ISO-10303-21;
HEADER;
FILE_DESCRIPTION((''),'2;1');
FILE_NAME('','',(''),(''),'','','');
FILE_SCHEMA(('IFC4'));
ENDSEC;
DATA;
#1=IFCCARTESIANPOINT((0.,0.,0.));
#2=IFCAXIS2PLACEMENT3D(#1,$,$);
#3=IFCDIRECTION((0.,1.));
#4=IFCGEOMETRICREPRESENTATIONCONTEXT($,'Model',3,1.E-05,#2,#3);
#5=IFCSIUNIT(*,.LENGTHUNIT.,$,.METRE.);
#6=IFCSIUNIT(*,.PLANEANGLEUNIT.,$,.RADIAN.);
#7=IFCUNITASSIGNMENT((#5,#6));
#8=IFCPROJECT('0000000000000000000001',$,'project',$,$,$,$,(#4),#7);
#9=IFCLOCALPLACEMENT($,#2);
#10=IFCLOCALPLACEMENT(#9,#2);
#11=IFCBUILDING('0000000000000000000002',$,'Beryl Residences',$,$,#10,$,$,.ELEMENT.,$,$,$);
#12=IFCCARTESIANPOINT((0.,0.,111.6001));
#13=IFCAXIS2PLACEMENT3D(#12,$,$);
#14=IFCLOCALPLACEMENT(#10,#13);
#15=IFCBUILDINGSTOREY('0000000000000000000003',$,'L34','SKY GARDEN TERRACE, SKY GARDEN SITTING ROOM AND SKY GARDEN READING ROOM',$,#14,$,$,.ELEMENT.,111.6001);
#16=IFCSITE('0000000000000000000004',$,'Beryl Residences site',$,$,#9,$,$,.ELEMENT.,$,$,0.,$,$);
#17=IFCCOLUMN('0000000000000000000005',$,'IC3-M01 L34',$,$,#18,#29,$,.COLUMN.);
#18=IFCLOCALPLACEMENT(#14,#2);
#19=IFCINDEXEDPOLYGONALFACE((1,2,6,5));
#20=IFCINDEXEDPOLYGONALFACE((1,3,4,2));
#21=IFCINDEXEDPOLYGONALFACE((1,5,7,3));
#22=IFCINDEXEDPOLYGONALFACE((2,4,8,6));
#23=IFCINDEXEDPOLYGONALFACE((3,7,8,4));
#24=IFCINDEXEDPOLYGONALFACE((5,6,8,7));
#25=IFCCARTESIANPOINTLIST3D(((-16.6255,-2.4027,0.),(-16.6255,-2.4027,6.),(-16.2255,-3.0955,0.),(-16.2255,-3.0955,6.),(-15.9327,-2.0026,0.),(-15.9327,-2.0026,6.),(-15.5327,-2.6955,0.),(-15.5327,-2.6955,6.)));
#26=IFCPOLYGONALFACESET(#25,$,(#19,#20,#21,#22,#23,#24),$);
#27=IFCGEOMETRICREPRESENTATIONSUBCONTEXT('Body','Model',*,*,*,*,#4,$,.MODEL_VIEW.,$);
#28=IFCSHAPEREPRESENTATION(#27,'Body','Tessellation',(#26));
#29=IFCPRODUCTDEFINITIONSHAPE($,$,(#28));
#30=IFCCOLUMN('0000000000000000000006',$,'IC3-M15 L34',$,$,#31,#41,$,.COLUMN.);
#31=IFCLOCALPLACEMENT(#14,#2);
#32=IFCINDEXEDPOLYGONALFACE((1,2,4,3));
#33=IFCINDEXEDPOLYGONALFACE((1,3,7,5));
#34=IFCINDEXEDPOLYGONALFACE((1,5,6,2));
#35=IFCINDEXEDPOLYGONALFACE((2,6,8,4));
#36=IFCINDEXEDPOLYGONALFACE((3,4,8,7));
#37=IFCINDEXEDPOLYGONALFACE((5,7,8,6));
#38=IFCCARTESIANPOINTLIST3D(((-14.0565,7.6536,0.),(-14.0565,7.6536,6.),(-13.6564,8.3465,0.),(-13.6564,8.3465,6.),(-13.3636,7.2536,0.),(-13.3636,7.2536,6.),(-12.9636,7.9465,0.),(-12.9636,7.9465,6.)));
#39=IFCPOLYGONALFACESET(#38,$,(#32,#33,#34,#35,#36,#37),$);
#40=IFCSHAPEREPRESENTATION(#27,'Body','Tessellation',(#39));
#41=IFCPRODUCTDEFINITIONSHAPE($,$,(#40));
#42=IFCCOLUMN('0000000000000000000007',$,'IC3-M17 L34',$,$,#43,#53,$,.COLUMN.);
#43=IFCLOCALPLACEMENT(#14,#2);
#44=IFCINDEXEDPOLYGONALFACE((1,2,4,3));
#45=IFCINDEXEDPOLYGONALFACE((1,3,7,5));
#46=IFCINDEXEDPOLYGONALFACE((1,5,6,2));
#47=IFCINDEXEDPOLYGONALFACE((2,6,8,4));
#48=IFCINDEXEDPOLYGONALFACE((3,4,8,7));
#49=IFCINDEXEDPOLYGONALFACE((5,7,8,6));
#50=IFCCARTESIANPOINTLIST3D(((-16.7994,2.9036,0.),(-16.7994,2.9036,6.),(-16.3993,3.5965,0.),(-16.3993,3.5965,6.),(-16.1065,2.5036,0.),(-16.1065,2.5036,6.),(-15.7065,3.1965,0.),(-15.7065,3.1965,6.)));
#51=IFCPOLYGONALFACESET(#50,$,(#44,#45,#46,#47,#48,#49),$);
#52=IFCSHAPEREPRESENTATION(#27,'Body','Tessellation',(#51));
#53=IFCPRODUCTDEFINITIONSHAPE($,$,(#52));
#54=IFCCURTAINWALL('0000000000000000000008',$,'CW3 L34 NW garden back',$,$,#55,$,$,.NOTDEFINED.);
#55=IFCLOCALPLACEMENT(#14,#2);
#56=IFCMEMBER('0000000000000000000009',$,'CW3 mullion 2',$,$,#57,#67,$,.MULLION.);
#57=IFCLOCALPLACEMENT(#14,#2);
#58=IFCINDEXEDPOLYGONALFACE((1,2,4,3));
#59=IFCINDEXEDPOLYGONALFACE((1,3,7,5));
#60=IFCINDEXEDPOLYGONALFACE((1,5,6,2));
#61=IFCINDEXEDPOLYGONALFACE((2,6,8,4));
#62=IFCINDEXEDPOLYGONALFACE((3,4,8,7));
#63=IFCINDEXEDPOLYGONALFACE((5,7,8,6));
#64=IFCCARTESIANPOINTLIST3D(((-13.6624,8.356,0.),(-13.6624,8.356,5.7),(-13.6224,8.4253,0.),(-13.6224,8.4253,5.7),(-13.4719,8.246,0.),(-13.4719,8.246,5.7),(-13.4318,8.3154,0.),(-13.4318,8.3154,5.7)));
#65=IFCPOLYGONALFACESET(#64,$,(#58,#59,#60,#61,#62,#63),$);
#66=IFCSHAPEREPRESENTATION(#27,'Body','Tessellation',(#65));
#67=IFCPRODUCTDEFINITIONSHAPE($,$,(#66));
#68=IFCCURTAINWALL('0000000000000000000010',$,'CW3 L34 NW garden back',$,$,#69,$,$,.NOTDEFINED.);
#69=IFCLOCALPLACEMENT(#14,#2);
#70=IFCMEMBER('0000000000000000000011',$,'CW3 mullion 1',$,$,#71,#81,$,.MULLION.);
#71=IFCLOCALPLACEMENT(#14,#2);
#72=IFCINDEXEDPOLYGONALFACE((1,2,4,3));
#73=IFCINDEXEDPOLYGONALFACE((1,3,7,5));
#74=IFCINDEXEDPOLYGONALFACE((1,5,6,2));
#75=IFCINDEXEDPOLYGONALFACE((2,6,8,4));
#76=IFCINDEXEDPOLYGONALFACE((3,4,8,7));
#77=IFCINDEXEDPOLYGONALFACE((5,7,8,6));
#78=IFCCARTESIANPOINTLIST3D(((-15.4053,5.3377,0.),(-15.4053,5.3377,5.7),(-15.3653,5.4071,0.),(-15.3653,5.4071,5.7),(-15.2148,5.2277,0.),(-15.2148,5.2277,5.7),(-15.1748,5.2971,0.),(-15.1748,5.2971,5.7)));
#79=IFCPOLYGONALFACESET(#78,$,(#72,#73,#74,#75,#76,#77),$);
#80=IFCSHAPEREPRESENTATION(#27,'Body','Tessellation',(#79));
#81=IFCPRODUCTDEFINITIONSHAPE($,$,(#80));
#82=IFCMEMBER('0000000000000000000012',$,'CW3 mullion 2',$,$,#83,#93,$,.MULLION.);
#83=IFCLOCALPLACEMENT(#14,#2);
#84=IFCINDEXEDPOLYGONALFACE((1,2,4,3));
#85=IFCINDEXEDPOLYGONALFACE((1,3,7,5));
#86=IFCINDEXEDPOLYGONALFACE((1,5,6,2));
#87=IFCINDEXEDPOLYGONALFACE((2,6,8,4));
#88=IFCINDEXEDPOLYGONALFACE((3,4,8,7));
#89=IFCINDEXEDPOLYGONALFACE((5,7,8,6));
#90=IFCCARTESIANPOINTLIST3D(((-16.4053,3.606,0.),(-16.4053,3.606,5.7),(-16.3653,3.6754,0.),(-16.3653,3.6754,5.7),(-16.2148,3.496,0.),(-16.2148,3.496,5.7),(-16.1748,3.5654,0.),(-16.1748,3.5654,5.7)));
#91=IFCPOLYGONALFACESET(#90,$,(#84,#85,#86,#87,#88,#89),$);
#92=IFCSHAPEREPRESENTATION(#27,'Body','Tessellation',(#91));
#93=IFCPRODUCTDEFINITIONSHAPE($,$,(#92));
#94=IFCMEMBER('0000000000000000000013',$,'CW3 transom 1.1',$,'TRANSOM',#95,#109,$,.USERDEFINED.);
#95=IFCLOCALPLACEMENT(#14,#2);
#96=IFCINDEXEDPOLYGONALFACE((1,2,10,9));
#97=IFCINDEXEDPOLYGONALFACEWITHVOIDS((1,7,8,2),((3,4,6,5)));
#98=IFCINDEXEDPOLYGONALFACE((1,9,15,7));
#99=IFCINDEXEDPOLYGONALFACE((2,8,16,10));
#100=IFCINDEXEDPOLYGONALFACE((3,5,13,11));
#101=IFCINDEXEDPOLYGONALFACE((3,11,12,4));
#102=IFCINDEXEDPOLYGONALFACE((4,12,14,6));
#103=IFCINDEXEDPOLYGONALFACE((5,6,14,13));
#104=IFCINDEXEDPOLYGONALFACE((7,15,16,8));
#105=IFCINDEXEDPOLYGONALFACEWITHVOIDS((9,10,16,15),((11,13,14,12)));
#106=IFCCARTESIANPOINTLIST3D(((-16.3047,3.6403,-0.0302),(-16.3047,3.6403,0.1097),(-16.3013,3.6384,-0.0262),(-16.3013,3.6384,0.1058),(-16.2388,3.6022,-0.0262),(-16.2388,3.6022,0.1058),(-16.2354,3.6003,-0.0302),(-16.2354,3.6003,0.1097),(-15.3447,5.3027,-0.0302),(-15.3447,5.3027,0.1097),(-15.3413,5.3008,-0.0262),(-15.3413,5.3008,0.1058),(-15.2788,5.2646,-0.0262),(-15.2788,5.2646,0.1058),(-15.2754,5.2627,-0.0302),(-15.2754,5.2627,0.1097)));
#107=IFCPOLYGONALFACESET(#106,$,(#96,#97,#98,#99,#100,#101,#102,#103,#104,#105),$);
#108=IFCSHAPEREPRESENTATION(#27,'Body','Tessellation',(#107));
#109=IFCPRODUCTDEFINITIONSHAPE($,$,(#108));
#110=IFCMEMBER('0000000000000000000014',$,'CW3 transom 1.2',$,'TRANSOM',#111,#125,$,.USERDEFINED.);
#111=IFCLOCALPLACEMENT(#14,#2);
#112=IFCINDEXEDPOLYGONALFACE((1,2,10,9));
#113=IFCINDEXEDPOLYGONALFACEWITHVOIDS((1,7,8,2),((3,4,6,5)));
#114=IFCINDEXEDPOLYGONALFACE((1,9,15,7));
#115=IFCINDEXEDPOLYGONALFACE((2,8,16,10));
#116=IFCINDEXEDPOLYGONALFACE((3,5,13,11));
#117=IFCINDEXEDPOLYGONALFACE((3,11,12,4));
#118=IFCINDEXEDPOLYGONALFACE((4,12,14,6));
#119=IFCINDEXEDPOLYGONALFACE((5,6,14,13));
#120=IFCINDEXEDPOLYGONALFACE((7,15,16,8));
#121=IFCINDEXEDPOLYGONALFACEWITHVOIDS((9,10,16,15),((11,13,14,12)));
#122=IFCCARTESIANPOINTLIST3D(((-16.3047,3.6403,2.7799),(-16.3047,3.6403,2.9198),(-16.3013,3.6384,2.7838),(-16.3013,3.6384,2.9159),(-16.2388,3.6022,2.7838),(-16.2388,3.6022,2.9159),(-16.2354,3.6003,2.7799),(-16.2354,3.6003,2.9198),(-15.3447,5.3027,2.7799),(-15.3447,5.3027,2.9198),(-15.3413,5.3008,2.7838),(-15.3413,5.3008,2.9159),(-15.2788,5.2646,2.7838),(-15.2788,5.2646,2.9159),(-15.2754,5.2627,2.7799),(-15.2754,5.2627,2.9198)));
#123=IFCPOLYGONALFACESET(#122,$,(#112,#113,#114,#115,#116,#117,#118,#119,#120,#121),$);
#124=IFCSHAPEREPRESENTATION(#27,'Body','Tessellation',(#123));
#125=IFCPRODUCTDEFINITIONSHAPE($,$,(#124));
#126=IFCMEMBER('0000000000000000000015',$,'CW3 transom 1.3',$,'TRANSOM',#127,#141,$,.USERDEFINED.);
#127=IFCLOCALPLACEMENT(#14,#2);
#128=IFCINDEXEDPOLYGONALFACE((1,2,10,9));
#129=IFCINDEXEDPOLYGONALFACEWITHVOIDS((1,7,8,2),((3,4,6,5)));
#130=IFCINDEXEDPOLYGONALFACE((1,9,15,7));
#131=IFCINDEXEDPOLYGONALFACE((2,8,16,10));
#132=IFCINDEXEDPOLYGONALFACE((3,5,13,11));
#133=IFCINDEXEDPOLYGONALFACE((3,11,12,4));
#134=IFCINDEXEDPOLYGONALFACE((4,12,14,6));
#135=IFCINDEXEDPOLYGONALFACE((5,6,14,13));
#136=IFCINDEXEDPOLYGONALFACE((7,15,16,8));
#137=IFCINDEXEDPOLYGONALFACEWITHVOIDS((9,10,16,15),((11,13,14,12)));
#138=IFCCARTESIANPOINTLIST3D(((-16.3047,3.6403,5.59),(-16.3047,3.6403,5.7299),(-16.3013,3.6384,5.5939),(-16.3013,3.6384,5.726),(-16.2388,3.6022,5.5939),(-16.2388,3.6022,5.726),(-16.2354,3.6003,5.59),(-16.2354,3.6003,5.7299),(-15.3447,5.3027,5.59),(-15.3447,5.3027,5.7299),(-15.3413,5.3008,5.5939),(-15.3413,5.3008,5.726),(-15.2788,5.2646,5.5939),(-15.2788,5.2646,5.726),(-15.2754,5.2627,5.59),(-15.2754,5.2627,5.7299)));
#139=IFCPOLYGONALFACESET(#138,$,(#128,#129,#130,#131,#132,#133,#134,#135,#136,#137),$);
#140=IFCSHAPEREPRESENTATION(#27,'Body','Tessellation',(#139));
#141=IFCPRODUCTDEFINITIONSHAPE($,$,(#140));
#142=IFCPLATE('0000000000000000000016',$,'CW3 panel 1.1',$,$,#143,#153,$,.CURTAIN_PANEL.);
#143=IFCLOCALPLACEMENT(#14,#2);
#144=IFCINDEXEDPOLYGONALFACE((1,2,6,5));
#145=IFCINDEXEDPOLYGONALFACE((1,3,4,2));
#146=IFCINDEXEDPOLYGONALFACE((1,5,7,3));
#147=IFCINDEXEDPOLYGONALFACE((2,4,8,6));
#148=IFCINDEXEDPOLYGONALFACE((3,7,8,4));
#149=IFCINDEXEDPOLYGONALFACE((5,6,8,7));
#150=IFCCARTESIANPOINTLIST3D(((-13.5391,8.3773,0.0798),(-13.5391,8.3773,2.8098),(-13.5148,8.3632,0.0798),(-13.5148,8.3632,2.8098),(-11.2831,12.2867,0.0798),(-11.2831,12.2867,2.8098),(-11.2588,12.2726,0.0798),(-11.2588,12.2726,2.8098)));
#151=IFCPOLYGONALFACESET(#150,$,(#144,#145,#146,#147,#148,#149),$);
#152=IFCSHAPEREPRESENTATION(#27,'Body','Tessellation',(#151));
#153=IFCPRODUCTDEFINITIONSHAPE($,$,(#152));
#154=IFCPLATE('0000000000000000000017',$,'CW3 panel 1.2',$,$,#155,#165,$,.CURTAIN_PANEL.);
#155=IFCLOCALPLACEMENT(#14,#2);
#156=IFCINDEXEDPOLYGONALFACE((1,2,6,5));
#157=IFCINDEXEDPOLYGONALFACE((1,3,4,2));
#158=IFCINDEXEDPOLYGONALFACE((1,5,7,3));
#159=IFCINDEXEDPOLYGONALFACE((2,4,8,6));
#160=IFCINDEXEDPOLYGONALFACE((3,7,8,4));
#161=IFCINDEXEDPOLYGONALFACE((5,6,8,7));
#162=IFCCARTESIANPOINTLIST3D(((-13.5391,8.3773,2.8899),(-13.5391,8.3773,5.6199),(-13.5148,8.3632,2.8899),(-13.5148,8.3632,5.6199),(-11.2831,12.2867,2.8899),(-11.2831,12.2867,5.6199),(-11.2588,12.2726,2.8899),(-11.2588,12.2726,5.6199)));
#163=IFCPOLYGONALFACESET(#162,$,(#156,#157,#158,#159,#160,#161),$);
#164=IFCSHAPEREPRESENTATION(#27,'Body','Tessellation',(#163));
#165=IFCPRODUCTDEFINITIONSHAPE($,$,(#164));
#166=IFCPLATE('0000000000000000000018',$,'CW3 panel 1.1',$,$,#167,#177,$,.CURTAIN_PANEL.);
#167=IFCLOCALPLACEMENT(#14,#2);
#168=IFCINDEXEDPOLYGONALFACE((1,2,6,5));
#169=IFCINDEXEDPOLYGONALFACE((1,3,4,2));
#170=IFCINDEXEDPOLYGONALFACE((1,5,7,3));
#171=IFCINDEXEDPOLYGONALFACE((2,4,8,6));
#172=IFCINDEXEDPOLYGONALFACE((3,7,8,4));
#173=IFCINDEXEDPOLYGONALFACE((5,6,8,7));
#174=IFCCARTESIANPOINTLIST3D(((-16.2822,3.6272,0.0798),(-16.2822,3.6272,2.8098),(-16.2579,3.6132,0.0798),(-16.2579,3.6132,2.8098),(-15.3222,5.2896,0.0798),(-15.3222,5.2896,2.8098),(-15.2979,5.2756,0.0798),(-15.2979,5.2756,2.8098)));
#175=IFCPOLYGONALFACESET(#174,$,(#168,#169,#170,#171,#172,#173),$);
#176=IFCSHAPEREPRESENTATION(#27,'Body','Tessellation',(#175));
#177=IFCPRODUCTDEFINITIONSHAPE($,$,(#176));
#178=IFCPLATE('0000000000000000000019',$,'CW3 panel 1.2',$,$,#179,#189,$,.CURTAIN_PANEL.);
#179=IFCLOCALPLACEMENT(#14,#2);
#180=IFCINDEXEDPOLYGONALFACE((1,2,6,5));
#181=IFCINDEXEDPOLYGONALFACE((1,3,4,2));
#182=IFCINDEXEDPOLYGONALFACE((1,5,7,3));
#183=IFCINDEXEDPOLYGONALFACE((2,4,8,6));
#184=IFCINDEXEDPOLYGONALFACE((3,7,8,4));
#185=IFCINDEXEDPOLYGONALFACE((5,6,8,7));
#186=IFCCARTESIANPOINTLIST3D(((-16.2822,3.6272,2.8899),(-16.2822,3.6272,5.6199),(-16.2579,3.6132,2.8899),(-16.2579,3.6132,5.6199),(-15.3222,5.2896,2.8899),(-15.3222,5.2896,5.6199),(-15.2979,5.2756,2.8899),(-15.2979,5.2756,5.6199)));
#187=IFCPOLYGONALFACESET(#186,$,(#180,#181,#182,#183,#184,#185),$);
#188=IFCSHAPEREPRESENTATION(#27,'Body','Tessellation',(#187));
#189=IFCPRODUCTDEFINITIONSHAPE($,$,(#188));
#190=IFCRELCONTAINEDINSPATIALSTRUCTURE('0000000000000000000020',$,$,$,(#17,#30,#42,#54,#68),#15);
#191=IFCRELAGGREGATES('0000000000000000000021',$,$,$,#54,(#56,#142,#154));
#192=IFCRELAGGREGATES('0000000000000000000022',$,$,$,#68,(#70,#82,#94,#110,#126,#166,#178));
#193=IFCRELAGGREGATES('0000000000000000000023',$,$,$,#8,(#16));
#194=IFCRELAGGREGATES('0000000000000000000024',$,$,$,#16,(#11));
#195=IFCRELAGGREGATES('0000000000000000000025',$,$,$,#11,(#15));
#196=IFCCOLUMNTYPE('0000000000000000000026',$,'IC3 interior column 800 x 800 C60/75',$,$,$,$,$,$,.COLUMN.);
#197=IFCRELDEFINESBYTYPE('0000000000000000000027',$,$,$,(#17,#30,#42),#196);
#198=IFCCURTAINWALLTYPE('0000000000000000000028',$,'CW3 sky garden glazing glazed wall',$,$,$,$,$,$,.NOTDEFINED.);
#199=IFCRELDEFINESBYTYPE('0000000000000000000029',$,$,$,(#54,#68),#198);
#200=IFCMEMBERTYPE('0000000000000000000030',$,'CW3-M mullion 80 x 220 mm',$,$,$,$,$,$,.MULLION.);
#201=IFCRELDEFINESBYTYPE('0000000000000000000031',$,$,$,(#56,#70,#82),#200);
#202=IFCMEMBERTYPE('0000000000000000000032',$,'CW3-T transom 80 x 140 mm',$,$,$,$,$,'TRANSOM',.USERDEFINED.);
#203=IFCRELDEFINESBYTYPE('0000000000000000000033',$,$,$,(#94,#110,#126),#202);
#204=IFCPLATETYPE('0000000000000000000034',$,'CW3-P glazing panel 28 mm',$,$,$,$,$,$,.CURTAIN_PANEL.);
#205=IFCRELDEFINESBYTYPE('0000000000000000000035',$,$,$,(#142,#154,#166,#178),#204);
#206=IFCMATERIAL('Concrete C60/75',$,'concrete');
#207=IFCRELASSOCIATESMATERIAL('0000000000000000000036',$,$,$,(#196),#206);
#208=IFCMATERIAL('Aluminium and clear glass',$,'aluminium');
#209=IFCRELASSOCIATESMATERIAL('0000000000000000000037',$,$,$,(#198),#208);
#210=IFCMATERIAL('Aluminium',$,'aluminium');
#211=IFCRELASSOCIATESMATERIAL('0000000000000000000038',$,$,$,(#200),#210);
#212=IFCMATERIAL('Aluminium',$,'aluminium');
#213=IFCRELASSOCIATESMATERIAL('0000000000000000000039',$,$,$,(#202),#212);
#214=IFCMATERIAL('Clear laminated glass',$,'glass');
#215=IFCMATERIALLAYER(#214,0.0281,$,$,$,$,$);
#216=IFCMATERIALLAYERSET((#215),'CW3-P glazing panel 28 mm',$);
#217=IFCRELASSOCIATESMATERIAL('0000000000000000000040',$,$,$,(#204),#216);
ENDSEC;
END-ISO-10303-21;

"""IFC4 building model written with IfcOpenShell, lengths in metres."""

from ifc_helpers import new_model, si_unit, direction, frame, origin, origin_2d, place, context, subcontext, project, spatial, rectangle, hollow_rectangle, extrude, material, layer, layer_set, material_profile, profile_set, type_object, element, aggregate, save


model = new_model("IFC4")

# Units and contexts
model_context = context("Model", 3, precision=1e-05, world=origin(), true_north=direction((0.0, 1.0)))
body_context = subcontext(model_context, "Body", "Model", "MODEL_VIEW")
ifc_project = project(units=[si_unit("LENGTHUNIT", "METRE"), si_unit("PLANEANGLEUNIT", "RADIAN")], contexts=[model_context])

# Site, building, storey
site_placement = place(None, origin())
site = spatial("IfcSite", under=ifc_project, at=site_placement, Name="Beryl Residences site", CompositionType="ELEMENT", RefElevation=0.0)
building_placement = place(site_placement, origin())
building = spatial("IfcBuilding", under=site, at=building_placement, Name="Beryl Residences", CompositionType="ELEMENT")
storey_placement = place(building_placement, frame((0.0, 0.0, 111.6001)))
storey = spatial("IfcBuildingStorey", under=building, at=storey_placement, Name="L34", Description="SKY GARDEN TERRACE, SKY GARDEN SITTING ROOM AND SKY GARDEN READING ROOM", CompositionType="ELEMENT", Elevation=111.6001)

# Columns
ifc_material_1 = material(Name="Concrete C60/75", Category="concrete")
ifc_material_profile_1 = material_profile(ifc_material_1, rectangle(XDim=0.8, YDim=0.8, at=origin_2d()))
ifc_profile_set_1 = profile_set([ifc_material_profile_1], Name="Concrete C60/75")
column_type = type_object("IfcColumnType", Name="IC3 interior column 800 x 800 C60/75", PredefinedType="COLUMN", material=ifc_profile_set_1)
for number, where, z_axis, x_axis, name in (
    (1, (-16.0791, -2.5491, 0.0), (0.0, 0.0, 1.0), (0.5, -0.866025, 0.0), "IC3-M01 L34"),
    (2, (-13.51, 7.8, 0.0), (0.0, 0.0, 1.0), (-0.5, -0.866025, 0.0), "IC3-M15 L34"),
    (3, (-16.2529, 3.05, 0.0), (0.0, 0.0, 1.0), (-0.5, -0.866025, 0.0), "IC3-M17 L34"),
):
    element("IfcColumn", number, at=place(storey_placement, frame(where, z_axis=z_axis, x_axis=x_axis)), inside=storey, type_object=column_type, Name=name, PredefinedType="COLUMN", context=body_context, shape_type="SweptSolid", body=[
        extrude(rectangle(XDim=0.8, YDim=0.8, at=origin_2d()), origin(), (0.0, 0.0, 1.0), 6.0),
    ])

# Curtain wall, member
ifc_material_2 = material(Name="Aluminium and clear glass", Category="aluminium")
curtain_wall_type = type_object("IfcCurtainWallType", Name="CW3 sky garden glazing glazed wall", PredefinedType="NOTDEFINED", material=ifc_material_2)
curtain_wall_1_placement = place(storey_placement, origin())
curtain_wall_1 = element("IfcCurtainWall", 4, at=curtain_wall_1_placement, inside=storey, type_object=curtain_wall_type, Name="CW3 L34 NW garden back", PredefinedType="NOTDEFINED")
ifc_material_3 = material(Name="Aluminium", Category="aluminium")
ifc_material_profile_2 = material_profile(ifc_material_3, rectangle(XDim=0.0801, YDim=0.22, at=origin_2d()))
ifc_profile_set_2 = profile_set([ifc_material_profile_2], Name="Aluminium")
member_type_1 = type_object("IfcMemberType", Name="CW3-M mullion 80 x 220 mm", PredefinedType="MULLION", material=ifc_profile_set_2)
member_1_placement = place(storey_placement, frame((-13.5471, 8.3357, 0.0), z_axis=(0.0, 0.0, 1.0), x_axis=(-0.499821, -0.866129, 0.0)))
member_1 = element("IfcMember", 5, at=member_1_placement, type_object=member_type_1, Name="CW3 mullion 2", PredefinedType="MULLION", context=body_context, shape_type="SweptSolid", body=[
    extrude(rectangle(XDim=0.0801, YDim=0.22, at=origin_2d()), origin(), (0.0, 0.0, 1.0), 5.7),
])

# Curtain wall, members
curtain_wall_2_placement = place(storey_placement, origin())
curtain_wall_2 = element("IfcCurtainWall", 6, at=curtain_wall_2_placement, inside=storey, type_object=curtain_wall_type, Name="CW3 L34 NW garden back", PredefinedType="NOTDEFINED")
member_2_placement = place(storey_placement, frame((-15.29, 5.3174, 0.0), z_axis=(0.0, 0.0, 1.0), x_axis=(-0.500069, -0.865985, 0.0)))
member_2 = element("IfcMember", 7, at=member_2_placement, type_object=member_type_1, Name="CW3 mullion 1", PredefinedType="MULLION", context=body_context, shape_type="SweptSolid", body=[
    extrude(rectangle(XDim=0.0801, YDim=0.22, at=origin_2d()), origin(), (0.0, 0.0, 1.0), 5.7),
])
member_3_placement = place(storey_placement, frame((-16.29, 3.5857, 0.0), z_axis=(0.0, 0.0, 1.0), x_axis=(-0.500069, -0.865985, 0.0)))
member_3 = element("IfcMember", 8, at=member_3_placement, type_object=member_type_1, Name="CW3 mullion 2", PredefinedType="MULLION", context=body_context, shape_type="SweptSolid", body=[
    extrude(rectangle(XDim=0.0801, YDim=0.22, at=origin_2d()), origin(), (0.0, 0.0, 1.0), 5.7),
])
ifc_material_4 = material(Name="Aluminium", Category="aluminium")
ifc_material_profile_3 = material_profile(ifc_material_4, hollow_rectangle(XDim=0.0801, YDim=0.1399, WallThickness=0.0039, at=origin_2d()))
ifc_profile_set_3 = profile_set([ifc_material_profile_3], Name="Aluminium")
member_type_2 = type_object("IfcMemberType", Name="CW3-T transom 80 x 140 mm", ElementType="TRANSOM", PredefinedType="USERDEFINED", material=ifc_profile_set_3)
member_4_placement = place(storey_placement, frame((-15.3101, 5.2827, 0.0398), z_axis=(-0.500078, -0.86598, 0.0), x_axis=(0.86598, -0.500078, 0.0)))
member_4 = element("IfcMember", 9, at=member_4_placement, type_object=member_type_2, Name="CW3 transom 1.1", ObjectType="TRANSOM", PredefinedType="USERDEFINED", context=body_context, shape_type="SweptSolid", body=[
    extrude(hollow_rectangle(XDim=0.0801, YDim=0.1399, WallThickness=0.0039, at=origin_2d()), origin(), (0.0, 0.0, 1.0), 1.9197),
])
member_5_placement = place(storey_placement, frame((-15.3101, 5.2827, 2.8499), z_axis=(-0.500078, -0.86598, 0.0), x_axis=(0.86598, -0.500078, 0.0)))
member_5 = element("IfcMember", 10, at=member_5_placement, type_object=member_type_2, Name="CW3 transom 1.2", ObjectType="TRANSOM", PredefinedType="USERDEFINED", context=body_context, shape_type="SweptSolid", body=[
    extrude(hollow_rectangle(XDim=0.0801, YDim=0.1399, WallThickness=0.0039, at=origin_2d()), origin(), (0.0, 0.0, 1.0), 1.9197),
])
member_6_placement = place(storey_placement, frame((-15.3101, 5.2827, 5.6599), z_axis=(-0.500078, -0.86598, 0.0), x_axis=(0.86598, -0.500078, 0.0)))
member_6 = element("IfcMember", 11, at=member_6_placement, type_object=member_type_2, Name="CW3 transom 1.3", ObjectType="TRANSOM", PredefinedType="USERDEFINED", context=body_context, shape_type="SweptSolid", body=[
    extrude(hollow_rectangle(XDim=0.0801, YDim=0.1399, WallThickness=0.0039, at=origin_2d()), origin(), (0.0, 0.0, 1.0), 1.9197),
])

# Plates
ifc_material_5 = material(Name="Clear laminated glass", Category="glass")
ifc_layer_1 = layer(ifc_material_5, 0.0281)
ifc_layer_set_1 = layer_set([ifc_layer_1], Name="CW3-P glazing panel 28 mm")
plate_type = type_object("IfcPlateType", Name="CW3-P glazing panel 28 mm", PredefinedType="CURTAIN_PANEL", material=ifc_layer_set_1)
plate_1_placement = place(storey_placement, frame((-12.3989, 10.325, 0.0798), z_axis=(0.0, 0.0, 1.0), x_axis=(-0.499821, -0.866129, 0.0)))
plate_1 = element("IfcPlate", 12, at=plate_1_placement, type_object=plate_type, Name="CW3 panel 1.1", PredefinedType="CURTAIN_PANEL", context=body_context, shape_type="SweptSolid", body=[
    extrude(rectangle(XDim=4.5137, YDim=0.0281, at=origin_2d()), origin(), (0.0, 0.0, 1.0), 2.73),
])
plate_2_placement = place(storey_placement, frame((-12.3989, 10.325, 2.8899), z_axis=(0.0, 0.0, 1.0), x_axis=(-0.499821, -0.866129, 0.0)))
plate_2 = element("IfcPlate", 13, at=plate_2_placement, type_object=plate_type, Name="CW3 panel 1.2", PredefinedType="CURTAIN_PANEL", context=body_context, shape_type="SweptSolid", body=[
    extrude(rectangle(XDim=4.5137, YDim=0.0281, at=origin_2d()), origin(), (0.0, 0.0, 1.0), 2.73),
])
aggregate(curtain_wall_1, [member_1, plate_1, plate_2])
plate_3_placement = place(storey_placement, frame((-15.79, 4.4514, 0.0798), z_axis=(0.0, 0.0, 1.0), x_axis=(-0.500069, -0.865985, 0.0)))
plate_3 = element("IfcPlate", 14, at=plate_3_placement, type_object=plate_type, Name="CW3 panel 1.1", PredefinedType="CURTAIN_PANEL", context=body_context, shape_type="SweptSolid", body=[
    extrude(rectangle(XDim=1.9197, YDim=0.0281, at=origin_2d()), origin(), (0.0, 0.0, 1.0), 2.73),
])
plate_4_placement = place(storey_placement, frame((-15.79, 4.4514, 2.8899), z_axis=(0.0, 0.0, 1.0), x_axis=(-0.500069, -0.865985, 0.0)))
plate_4 = element("IfcPlate", 15, at=plate_4_placement, type_object=plate_type, Name="CW3 panel 1.2", PredefinedType="CURTAIN_PANEL", context=body_context, shape_type="SweptSolid", body=[
    extrude(rectangle(XDim=1.9197, YDim=0.0281, at=origin_2d()), origin(), (0.0, 0.0, 1.0), 2.73),
])
aggregate(curtain_wall_2, [member_2, member_3, member_4, member_5, member_6, plate_3, plate_4])

save(model, "model.ifc")
